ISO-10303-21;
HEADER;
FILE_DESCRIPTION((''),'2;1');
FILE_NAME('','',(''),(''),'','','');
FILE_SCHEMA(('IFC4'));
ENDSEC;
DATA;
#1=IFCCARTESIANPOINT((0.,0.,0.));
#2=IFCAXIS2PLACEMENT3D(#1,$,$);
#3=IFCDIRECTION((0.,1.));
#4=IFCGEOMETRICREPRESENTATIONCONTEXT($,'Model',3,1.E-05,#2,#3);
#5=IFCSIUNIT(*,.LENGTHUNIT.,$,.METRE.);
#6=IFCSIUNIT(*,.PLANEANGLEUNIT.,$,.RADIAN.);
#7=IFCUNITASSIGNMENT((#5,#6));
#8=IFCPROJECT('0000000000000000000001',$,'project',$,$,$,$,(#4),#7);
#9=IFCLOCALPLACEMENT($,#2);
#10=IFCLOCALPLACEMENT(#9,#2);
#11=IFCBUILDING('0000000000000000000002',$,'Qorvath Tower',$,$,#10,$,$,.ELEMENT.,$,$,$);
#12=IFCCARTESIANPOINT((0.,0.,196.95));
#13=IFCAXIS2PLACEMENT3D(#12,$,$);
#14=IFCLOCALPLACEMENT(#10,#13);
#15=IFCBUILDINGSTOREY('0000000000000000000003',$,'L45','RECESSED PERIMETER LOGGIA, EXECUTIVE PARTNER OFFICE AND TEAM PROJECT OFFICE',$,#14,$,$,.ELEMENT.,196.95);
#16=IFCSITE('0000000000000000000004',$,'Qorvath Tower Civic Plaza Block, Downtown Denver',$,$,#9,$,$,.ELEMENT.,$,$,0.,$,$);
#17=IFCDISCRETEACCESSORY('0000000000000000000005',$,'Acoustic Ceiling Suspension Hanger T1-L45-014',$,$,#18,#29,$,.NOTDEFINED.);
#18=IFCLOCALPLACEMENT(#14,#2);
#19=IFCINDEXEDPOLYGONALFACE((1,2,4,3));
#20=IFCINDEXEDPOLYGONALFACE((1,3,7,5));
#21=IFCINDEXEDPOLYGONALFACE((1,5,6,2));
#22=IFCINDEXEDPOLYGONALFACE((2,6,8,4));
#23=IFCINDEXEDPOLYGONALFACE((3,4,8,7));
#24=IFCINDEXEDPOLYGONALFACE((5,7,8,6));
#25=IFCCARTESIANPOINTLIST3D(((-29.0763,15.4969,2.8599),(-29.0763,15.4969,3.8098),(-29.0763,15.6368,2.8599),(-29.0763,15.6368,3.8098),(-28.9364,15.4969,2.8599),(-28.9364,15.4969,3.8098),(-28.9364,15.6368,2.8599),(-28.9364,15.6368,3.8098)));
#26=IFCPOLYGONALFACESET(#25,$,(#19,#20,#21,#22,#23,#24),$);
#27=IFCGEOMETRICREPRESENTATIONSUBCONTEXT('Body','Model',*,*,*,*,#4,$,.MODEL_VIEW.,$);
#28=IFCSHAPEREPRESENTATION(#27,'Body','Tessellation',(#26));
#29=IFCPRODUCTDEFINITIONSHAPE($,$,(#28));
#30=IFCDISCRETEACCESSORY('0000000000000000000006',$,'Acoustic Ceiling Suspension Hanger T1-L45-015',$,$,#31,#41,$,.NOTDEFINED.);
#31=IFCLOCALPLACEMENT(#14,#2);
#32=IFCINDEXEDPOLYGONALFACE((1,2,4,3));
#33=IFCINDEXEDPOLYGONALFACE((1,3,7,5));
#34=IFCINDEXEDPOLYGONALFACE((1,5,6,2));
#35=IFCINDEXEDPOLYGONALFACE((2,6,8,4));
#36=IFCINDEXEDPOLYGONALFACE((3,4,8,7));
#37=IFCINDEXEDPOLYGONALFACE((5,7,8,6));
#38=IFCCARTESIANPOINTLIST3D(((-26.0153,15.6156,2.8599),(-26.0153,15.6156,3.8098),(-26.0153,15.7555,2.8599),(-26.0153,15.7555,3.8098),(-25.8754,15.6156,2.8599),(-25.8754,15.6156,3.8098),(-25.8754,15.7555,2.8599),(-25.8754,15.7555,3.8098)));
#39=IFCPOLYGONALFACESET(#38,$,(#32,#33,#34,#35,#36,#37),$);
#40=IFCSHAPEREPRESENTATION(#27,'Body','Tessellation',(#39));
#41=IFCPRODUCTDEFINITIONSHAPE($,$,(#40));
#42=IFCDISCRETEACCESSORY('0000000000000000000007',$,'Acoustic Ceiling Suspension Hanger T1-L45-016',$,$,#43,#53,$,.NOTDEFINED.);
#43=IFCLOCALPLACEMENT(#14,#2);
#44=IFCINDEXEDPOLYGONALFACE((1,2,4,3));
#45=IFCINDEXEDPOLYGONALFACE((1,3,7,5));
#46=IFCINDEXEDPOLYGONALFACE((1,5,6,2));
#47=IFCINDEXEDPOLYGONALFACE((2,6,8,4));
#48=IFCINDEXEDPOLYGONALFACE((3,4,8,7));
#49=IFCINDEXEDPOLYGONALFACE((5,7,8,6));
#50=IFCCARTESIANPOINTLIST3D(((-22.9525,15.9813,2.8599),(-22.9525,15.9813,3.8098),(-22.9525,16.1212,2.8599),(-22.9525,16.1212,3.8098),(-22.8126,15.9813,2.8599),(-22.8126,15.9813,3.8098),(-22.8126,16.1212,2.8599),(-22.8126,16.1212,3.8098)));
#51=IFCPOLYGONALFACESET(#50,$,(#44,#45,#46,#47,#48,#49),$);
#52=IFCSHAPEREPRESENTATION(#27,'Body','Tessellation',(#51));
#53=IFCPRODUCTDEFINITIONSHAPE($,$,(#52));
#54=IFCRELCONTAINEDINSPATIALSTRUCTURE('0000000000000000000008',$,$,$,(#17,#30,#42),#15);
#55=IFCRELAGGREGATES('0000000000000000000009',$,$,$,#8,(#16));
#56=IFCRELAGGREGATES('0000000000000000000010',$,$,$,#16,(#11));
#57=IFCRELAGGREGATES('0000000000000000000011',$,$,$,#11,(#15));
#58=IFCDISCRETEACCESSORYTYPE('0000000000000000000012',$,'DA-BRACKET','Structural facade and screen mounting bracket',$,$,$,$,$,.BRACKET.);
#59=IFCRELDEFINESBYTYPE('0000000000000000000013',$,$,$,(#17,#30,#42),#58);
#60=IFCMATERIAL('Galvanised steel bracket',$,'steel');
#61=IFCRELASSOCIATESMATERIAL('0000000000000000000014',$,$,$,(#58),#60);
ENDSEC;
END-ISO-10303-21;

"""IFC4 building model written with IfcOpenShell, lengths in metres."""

from ifc_helpers import new_model, si_unit, direction, frame, origin, origin_2d, place, context, subcontext, project, spatial, rectangle, extrude, material, type_object, element, save


model = new_model("IFC4")

# Units and contexts
model_context = context("Model", 3, precision=1e-05, world=origin(), true_north=direction((0.0, 1.0)))
body_context = subcontext(model_context, "Body", "Model", "MODEL_VIEW")
ifc_project = project(units=[si_unit("LENGTHUNIT", "METRE"), si_unit("PLANEANGLEUNIT", "RADIAN")], contexts=[model_context])

# Site, building, storey
site_placement = place(None, origin())
site = spatial("IfcSite", under=ifc_project, at=site_placement, Name="Qorvath Tower Civic Plaza Block, Downtown Denver", CompositionType="ELEMENT", RefElevation=0.0)
building_placement = place(site_placement, origin())
building = spatial("IfcBuilding", under=site, at=building_placement, Name="Qorvath Tower", CompositionType="ELEMENT")
storey_placement = place(building_placement, frame((0.0, 0.0, 196.95)))
storey = spatial("IfcBuildingStorey", under=building, at=storey_placement, Name="L45", Description="RECESSED PERIMETER LOGGIA, EXECUTIVE PARTNER OFFICE AND TEAM PROJECT OFFICE", CompositionType="ELEMENT", Elevation=196.95)

# Discrete accessories
ifc_material_1 = material(Name="Galvanised steel bracket", Category="steel")
discrete_accessory_type = type_object("IfcDiscreteAccessoryType", Name="DA-BRACKET", Description="Structural facade and screen mounting bracket", PredefinedType="BRACKET", material=ifc_material_1)
for number, where, z_axis, x_axis, name in (
    (1, (-29.0063, 15.5669, 2.8599), (0.0, 0.0, 1.0), (1.0, 0.0, 0.0), "Acoustic Ceiling Suspension Hanger T1-L45-014"),
    (2, (-25.9453, 15.6855, 2.8599), (0.0, 0.0, 1.0), (1.0, 0.0, 0.0), "Acoustic Ceiling Suspension Hanger T1-L45-015"),
    (3, (-22.8826, 16.0513, 2.8599), (0.0, 0.0, 1.0), (1.0, 0.0, 0.0), "Acoustic Ceiling Suspension Hanger T1-L45-016"),
):
    element("IfcDiscreteAccessory", number, at=place(storey_placement, frame(where, z_axis=z_axis, x_axis=x_axis)), inside=storey, type_object=discrete_accessory_type, Name=name, PredefinedType="NOTDEFINED", context=body_context, shape_type="SweptSolid", body=[
        extrude(rectangle(XDim=0.1399, YDim=0.1399, at=origin_2d()), origin(), (0.0, 0.0, 1.0), 0.95),
    ])

save(model, "model.ifc")
